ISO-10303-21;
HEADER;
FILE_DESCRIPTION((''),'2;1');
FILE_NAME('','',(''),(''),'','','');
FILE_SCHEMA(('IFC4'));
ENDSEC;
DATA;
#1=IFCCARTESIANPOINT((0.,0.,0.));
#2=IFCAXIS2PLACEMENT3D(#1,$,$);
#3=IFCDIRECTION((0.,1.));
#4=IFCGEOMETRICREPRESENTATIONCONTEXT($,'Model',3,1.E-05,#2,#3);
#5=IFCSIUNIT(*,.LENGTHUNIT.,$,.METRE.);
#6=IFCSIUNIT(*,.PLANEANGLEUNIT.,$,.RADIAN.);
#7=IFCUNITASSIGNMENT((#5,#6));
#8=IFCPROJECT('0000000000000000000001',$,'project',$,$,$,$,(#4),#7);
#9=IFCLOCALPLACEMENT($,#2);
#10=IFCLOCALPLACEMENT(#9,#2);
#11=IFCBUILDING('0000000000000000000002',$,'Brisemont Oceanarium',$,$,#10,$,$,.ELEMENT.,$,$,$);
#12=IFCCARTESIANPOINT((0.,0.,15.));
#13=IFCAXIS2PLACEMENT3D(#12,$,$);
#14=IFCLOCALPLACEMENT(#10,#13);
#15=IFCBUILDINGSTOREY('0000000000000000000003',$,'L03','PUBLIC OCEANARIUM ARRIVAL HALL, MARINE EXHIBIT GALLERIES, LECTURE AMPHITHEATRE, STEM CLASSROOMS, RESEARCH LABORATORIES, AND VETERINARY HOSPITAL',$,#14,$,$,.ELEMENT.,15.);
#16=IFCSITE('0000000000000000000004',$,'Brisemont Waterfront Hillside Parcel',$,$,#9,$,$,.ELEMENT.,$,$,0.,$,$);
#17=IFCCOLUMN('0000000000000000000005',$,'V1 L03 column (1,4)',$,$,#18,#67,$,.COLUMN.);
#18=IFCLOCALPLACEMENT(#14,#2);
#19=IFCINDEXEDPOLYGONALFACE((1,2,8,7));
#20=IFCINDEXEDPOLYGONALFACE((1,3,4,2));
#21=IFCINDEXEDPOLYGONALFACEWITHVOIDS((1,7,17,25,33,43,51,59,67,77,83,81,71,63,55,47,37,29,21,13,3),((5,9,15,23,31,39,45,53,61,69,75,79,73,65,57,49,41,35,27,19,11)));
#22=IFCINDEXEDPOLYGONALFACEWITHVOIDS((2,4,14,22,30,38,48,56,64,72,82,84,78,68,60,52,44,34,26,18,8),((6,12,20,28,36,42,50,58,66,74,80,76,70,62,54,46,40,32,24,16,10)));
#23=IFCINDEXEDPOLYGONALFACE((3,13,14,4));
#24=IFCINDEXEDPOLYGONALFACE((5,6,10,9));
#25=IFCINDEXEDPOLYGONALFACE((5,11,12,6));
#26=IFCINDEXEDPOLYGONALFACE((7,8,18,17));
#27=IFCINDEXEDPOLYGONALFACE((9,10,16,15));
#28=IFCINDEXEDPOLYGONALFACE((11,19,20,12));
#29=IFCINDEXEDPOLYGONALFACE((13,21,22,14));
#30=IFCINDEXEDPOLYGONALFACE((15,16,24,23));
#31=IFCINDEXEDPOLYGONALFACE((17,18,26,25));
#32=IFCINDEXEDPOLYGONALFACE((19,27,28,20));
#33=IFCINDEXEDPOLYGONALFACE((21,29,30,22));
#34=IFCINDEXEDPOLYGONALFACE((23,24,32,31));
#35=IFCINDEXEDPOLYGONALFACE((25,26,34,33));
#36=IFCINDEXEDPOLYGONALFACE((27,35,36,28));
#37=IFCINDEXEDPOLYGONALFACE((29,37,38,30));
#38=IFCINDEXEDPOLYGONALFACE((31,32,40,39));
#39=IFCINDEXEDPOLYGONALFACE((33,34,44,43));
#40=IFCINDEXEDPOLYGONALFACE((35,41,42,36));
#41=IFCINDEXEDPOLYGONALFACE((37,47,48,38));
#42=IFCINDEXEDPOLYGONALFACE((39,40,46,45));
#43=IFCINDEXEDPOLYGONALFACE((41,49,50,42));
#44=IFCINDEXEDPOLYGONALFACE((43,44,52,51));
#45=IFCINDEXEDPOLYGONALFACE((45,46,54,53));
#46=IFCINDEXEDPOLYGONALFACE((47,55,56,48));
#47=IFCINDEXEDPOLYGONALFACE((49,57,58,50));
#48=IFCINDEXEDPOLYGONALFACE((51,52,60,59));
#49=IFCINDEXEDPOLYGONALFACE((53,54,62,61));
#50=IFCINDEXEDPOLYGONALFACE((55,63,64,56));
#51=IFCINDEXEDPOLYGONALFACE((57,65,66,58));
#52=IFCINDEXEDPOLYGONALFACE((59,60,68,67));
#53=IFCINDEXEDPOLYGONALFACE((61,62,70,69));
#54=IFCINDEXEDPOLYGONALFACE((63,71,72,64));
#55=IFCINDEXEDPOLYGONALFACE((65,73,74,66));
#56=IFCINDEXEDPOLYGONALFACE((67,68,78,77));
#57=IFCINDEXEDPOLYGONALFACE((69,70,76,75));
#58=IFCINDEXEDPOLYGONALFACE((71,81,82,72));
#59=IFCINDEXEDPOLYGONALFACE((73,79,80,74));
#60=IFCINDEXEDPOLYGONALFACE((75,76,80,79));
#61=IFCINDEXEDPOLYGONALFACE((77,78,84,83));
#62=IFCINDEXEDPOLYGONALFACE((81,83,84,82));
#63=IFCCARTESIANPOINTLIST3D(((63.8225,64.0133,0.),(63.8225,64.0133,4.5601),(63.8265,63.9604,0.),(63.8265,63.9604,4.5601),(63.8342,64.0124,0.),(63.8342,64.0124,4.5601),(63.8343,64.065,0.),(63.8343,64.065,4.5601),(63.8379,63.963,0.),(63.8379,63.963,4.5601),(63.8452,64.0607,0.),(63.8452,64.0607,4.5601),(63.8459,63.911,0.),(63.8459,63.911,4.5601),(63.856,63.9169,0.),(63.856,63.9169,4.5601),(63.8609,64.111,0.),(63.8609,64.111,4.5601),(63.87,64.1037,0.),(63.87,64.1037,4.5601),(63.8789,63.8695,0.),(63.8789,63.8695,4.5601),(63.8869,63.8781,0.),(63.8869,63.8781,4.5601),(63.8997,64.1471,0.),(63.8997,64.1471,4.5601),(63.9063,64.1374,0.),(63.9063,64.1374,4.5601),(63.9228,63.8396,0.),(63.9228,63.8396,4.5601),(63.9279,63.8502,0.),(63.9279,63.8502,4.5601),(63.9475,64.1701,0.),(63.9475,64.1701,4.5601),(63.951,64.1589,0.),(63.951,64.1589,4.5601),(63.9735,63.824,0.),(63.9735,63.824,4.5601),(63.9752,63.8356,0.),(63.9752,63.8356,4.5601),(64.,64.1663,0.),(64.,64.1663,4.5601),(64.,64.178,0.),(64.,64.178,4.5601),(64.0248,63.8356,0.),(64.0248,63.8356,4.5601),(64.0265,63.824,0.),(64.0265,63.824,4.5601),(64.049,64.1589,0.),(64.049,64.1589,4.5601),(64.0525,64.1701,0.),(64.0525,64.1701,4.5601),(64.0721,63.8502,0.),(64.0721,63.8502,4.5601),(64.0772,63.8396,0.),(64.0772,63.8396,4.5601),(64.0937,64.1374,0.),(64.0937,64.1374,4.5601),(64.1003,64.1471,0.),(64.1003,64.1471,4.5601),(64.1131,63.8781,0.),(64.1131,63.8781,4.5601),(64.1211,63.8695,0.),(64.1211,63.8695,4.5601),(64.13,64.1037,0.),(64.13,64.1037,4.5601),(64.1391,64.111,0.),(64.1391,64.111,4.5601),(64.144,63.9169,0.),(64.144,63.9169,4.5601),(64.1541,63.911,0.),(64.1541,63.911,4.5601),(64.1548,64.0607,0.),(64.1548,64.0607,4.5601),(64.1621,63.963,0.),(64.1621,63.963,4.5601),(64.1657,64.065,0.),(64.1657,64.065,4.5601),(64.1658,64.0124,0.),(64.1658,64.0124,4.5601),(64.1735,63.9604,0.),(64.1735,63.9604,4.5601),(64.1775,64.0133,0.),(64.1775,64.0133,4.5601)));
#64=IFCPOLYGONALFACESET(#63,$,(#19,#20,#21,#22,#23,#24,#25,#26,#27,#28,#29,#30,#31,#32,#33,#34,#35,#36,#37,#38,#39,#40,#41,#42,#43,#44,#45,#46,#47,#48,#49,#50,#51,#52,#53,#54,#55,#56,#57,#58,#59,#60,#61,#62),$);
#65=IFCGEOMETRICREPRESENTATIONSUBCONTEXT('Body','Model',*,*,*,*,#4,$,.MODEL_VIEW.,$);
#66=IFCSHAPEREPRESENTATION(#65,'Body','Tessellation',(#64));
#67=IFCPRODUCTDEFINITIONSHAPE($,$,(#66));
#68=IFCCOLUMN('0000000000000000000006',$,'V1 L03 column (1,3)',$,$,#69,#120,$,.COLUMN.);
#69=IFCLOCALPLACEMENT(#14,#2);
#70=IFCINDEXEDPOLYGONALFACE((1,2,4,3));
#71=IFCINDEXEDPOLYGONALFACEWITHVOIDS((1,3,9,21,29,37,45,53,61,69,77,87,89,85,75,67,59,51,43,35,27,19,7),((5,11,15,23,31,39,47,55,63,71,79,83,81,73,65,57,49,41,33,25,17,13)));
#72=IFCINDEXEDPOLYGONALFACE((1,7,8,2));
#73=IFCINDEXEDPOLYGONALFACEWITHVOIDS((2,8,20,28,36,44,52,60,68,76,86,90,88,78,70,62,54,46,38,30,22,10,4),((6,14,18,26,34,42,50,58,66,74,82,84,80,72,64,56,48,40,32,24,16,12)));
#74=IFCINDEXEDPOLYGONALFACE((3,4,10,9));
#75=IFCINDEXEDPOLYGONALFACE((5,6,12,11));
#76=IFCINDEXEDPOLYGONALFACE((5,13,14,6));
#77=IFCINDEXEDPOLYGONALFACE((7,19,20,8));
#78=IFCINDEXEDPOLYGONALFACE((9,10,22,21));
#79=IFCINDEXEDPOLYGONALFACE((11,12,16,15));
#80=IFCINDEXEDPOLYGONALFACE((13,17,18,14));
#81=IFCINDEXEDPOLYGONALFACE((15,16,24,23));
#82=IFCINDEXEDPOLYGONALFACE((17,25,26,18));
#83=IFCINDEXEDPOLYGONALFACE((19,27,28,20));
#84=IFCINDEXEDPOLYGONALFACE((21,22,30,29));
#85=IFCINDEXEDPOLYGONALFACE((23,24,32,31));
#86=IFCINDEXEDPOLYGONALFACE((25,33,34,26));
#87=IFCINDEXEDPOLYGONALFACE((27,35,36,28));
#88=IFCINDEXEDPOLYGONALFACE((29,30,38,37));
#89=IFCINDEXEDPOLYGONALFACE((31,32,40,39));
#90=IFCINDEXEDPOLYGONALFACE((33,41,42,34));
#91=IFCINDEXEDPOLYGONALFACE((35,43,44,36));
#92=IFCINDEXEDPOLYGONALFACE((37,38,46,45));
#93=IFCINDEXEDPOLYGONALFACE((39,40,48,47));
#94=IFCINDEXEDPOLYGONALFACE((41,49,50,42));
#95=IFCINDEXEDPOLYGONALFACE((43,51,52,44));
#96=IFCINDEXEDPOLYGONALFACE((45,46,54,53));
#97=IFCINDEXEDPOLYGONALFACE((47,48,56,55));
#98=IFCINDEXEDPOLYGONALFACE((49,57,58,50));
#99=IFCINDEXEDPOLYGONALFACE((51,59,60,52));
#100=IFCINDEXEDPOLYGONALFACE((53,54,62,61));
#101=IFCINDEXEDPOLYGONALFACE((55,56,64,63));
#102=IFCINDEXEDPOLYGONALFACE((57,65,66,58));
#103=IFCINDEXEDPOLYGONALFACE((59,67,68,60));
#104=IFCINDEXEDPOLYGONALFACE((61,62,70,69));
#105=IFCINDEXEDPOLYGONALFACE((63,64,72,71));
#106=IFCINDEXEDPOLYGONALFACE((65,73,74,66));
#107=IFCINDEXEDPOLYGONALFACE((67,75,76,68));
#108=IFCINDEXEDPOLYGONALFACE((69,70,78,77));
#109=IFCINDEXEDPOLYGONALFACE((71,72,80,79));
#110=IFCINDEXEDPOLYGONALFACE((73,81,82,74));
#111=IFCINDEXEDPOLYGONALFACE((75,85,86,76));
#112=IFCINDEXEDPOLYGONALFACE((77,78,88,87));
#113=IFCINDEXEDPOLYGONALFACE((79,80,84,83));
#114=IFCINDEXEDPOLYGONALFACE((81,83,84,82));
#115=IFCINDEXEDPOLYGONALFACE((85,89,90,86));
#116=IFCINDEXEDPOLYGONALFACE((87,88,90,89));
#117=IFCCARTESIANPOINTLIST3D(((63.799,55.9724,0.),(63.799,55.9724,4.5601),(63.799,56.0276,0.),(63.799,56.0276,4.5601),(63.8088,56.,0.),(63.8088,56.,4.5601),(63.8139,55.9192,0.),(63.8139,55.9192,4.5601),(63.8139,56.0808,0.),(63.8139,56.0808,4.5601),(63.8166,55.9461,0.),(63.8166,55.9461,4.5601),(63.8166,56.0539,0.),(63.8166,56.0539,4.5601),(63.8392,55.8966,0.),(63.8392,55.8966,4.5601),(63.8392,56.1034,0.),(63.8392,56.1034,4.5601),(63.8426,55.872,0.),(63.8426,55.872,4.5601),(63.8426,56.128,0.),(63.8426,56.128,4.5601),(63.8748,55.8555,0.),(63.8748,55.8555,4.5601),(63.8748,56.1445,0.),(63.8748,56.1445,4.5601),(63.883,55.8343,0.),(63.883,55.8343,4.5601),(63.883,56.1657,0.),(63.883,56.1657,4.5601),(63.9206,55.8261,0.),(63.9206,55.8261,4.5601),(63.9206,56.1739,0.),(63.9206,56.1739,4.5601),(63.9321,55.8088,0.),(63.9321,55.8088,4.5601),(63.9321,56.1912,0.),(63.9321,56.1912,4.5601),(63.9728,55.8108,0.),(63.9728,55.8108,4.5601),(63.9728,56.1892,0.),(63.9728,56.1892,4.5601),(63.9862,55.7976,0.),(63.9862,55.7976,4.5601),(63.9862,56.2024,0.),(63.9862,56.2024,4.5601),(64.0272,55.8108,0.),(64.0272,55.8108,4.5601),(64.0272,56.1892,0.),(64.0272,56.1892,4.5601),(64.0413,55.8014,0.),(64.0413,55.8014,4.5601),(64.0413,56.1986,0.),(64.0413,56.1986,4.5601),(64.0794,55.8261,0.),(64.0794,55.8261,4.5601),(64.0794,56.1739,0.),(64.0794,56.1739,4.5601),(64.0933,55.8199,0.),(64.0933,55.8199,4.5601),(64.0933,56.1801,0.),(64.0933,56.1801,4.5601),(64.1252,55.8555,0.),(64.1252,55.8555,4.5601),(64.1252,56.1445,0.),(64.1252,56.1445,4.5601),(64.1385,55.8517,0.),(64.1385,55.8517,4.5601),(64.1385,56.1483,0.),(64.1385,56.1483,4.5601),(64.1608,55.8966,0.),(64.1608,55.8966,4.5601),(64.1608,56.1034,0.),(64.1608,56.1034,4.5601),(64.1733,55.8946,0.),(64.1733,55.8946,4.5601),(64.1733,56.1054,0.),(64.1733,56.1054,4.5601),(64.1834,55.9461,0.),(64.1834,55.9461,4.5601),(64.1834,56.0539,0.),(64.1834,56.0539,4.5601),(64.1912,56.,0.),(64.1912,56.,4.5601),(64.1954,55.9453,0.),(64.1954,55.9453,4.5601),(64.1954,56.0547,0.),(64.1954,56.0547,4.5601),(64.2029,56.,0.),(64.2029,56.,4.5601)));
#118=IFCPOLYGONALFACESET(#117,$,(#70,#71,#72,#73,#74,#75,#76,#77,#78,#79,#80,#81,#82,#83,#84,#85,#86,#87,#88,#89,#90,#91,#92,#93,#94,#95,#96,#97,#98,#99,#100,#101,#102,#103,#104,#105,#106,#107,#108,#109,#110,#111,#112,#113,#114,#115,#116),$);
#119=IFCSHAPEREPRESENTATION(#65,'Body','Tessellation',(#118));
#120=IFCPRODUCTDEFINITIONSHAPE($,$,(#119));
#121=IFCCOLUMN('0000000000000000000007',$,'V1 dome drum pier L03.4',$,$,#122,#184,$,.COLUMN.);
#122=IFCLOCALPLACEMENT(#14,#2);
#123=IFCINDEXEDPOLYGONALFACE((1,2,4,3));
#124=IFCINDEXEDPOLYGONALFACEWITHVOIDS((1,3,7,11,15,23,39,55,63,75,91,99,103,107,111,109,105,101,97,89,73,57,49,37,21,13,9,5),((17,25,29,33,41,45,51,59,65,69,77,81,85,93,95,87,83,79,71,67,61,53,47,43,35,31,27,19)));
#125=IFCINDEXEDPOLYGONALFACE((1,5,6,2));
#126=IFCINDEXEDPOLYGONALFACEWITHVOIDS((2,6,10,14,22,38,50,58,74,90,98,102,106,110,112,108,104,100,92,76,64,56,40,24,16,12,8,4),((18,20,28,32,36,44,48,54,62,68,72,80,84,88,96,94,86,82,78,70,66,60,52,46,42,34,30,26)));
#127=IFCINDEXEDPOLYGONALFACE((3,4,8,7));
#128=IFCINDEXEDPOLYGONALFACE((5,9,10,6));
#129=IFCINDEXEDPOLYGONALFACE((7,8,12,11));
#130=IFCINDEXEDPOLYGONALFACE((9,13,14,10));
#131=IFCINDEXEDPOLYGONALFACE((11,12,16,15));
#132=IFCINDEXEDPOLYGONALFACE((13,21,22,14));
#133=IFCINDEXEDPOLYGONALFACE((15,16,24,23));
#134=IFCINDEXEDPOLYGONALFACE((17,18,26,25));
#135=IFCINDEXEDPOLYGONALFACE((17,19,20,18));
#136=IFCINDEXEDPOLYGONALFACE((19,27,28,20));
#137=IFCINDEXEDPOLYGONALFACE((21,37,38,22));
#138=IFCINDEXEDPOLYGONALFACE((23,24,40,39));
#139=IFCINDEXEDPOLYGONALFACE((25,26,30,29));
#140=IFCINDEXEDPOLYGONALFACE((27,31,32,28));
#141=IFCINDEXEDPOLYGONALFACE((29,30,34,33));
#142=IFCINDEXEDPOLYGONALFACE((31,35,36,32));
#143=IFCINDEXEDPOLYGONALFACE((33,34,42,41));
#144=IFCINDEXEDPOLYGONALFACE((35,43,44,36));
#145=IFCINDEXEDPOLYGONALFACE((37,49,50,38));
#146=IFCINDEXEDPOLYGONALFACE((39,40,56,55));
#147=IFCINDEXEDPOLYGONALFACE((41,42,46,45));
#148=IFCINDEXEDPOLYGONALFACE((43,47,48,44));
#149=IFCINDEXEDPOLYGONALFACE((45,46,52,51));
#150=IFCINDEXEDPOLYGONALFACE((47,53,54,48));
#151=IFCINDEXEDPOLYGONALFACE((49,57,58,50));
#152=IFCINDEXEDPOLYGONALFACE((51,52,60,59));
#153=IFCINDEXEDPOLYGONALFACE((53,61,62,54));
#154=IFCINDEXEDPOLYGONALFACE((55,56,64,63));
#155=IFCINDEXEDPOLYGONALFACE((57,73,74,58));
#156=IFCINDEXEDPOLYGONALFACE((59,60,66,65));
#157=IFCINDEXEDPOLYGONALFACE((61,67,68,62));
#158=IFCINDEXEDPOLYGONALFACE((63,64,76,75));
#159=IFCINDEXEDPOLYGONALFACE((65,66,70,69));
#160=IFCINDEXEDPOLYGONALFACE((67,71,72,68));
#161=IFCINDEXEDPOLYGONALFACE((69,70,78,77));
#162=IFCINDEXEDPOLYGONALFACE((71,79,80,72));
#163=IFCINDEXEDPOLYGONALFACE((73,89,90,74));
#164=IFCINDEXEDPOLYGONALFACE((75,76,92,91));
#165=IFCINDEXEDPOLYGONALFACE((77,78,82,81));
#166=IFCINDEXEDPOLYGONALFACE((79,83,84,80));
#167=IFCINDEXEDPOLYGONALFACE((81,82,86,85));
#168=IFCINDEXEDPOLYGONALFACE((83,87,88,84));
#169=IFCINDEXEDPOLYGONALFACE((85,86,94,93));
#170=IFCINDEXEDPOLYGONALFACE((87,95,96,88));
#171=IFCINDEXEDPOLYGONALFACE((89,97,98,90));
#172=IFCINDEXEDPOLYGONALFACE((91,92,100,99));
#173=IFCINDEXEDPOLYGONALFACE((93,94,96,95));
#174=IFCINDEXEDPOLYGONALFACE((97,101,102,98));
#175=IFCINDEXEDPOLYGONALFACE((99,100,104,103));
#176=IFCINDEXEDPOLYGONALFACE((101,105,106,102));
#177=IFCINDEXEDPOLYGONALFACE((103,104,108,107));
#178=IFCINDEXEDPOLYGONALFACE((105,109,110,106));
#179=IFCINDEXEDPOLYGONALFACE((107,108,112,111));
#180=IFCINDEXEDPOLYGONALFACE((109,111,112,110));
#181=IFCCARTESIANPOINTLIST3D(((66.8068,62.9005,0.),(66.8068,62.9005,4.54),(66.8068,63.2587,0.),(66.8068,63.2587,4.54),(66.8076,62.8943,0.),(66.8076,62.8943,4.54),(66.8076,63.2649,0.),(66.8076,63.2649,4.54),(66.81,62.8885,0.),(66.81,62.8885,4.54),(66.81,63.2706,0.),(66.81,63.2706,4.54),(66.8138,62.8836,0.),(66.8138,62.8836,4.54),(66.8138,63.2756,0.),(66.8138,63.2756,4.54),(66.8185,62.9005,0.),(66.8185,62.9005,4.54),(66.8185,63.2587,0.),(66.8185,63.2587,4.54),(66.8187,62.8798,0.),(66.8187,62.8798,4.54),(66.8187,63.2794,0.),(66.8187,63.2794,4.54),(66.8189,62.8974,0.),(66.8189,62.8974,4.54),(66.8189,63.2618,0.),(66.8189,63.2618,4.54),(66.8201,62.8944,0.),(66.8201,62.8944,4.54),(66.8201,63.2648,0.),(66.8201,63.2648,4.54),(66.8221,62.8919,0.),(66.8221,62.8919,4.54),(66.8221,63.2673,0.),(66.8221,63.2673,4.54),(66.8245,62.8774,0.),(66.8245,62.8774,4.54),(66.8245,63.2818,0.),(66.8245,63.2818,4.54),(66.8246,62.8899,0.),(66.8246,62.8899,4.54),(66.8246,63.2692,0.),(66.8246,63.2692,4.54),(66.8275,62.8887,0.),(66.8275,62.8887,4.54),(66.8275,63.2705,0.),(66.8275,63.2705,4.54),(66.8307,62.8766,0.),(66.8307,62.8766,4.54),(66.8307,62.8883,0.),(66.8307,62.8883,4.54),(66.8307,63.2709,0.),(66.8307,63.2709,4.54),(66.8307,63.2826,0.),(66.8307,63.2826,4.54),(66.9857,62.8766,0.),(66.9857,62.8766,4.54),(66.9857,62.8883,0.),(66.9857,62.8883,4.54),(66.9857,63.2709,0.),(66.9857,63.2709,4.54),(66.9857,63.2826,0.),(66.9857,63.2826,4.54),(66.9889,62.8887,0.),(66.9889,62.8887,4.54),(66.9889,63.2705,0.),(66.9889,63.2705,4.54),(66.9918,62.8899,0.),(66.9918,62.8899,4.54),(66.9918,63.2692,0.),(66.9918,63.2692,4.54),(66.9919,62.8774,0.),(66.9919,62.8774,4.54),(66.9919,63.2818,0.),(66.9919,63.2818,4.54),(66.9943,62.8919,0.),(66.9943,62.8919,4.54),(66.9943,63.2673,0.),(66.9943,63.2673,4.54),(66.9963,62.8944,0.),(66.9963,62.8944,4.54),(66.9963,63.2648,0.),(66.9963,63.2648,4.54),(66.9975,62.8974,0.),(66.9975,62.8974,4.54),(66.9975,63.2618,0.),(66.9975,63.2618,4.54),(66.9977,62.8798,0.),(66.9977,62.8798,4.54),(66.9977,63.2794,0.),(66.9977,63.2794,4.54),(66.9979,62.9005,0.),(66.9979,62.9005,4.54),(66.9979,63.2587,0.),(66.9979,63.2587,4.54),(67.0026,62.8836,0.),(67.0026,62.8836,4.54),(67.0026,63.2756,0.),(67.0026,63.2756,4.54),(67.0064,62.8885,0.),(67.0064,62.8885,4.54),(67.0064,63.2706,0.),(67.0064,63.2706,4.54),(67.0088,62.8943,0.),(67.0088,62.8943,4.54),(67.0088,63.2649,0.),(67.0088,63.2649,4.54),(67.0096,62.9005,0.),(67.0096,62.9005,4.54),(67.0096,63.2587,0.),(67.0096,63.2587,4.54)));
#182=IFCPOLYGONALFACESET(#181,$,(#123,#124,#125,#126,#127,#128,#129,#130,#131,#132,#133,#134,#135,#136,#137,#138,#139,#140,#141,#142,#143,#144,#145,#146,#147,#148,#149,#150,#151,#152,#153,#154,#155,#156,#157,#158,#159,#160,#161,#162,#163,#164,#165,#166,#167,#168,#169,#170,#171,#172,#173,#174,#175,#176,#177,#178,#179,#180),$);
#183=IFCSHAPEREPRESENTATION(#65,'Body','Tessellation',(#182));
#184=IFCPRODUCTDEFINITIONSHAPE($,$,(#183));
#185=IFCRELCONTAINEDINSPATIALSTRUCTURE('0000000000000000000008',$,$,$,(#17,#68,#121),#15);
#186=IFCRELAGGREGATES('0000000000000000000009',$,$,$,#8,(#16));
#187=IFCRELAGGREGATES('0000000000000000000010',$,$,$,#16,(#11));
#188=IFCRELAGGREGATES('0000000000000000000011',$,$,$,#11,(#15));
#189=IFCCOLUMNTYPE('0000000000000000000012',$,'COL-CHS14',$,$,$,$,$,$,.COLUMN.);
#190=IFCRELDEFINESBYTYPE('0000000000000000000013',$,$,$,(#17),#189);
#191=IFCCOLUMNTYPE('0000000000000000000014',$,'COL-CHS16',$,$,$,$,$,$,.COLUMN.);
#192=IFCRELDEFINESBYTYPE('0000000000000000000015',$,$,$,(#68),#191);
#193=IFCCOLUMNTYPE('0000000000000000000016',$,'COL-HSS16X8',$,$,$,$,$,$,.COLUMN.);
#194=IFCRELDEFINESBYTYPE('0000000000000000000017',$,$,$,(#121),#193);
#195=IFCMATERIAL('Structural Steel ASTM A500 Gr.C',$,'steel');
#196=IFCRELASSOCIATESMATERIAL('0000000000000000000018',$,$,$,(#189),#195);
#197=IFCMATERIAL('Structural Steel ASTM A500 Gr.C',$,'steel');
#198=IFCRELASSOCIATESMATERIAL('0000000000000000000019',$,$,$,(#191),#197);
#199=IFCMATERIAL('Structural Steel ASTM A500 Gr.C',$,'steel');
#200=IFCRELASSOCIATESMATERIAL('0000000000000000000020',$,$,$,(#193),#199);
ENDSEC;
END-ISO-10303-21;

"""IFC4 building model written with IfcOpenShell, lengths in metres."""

from ifc_helpers import new_model, si_unit, direction, frame, origin, origin_2d, place, context, subcontext, project, spatial, hollow_rectangle, hollow_circle, extrude, material, material_profile, profile_set, type_object, element, save


model = new_model("IFC4")

# Units and contexts
model_context = context("Model", 3, precision=1e-05, world=origin(), true_north=direction((0.0, 1.0)))
body_context = subcontext(model_context, "Body", "Model", "MODEL_VIEW")
ifc_project = project(units=[si_unit("LENGTHUNIT", "METRE"), si_unit("PLANEANGLEUNIT", "RADIAN")], contexts=[model_context])

# Site, building, storey
site_placement = place(None, origin())
site = spatial("IfcSite", under=ifc_project, at=site_placement, Name="Brisemont Waterfront Hillside Parcel", CompositionType="ELEMENT", RefElevation=0.0)
building_placement = place(site_placement, origin())
building = spatial("IfcBuilding", under=site, at=building_placement, Name="Brisemont Oceanarium", CompositionType="ELEMENT")
storey_placement = place(building_placement, frame((0.0, 0.0, 15.0)))
storey = spatial("IfcBuildingStorey", under=building, at=storey_placement, Name="L03", Description="PUBLIC OCEANARIUM ARRIVAL HALL, MARINE EXHIBIT GALLERIES, LECTURE AMPHITHEATRE, STEM CLASSROOMS, RESEARCH LABORATORIES, AND VETERINARY HOSPITAL", CompositionType="ELEMENT", Elevation=15.0)

# Columns
ifc_material_1 = material(Name="Structural Steel ASTM A500 Gr.C", Category="steel")
ifc_material_profile_1 = material_profile(ifc_material_1, hollow_circle(Radius=0.178, WallThickness=0.0117, at=origin_2d()), Name="HSS14.000X0.500")
ifc_profile_set_1 = profile_set([ifc_material_profile_1], Name="Structural Steel ASTM A500 Gr.C")
column_type_1 = type_object("IfcColumnType", Name="COL-CHS14", PredefinedType="COLUMN", material=ifc_profile_set_1)
column_1_placement = place(storey_placement, frame((64.0, 64.0, 0.0), z_axis=(0.0, 0.0, 1.0), x_axis=(0.0, 1.0, 0.0)))
element("IfcColumn", 1, at=column_1_placement, inside=storey, type_object=column_type_1, Name="V1 L03 column (1,4)", PredefinedType="COLUMN", context=body_context, shape_type="SweptSolid", body=[
    extrude(hollow_circle(Radius=0.178, WallThickness=0.0117, at=origin_2d()), origin(), (0.0, 0.0, 1.0), 4.5601),
])
ifc_material_2 = material(Name="Structural Steel ASTM A500 Gr.C", Category="steel")
ifc_material_profile_2 = material_profile(ifc_material_2, hollow_circle(Radius=0.2029, WallThickness=0.0117, at=origin_2d()), Name="HSS16.000X0.500")
ifc_profile_set_2 = profile_set([ifc_material_profile_2], Name="Structural Steel ASTM A500 Gr.C")
column_type_2 = type_object("IfcColumnType", Name="COL-CHS16", PredefinedType="COLUMN", material=ifc_profile_set_2)
column_2_placement = place(storey_placement, frame((64.0, 56.0, 0.0), z_axis=(0.0, 0.0, 1.0), x_axis=(1.0, 0.0, 0.0)))
element("IfcColumn", 2, at=column_2_placement, inside=storey, type_object=column_type_2, Name="V1 L03 column (1,3)", PredefinedType="COLUMN", context=body_context, shape_type="SweptSolid", body=[
    extrude(hollow_circle(Radius=0.2029, WallThickness=0.0117, at=origin_2d()), origin(), (0.0, 0.0, 1.0), 4.5601),
])
ifc_material_3 = material(Name="Structural Steel ASTM A500 Gr.C", Category="steel")
ifc_material_profile_3 = material_profile(ifc_material_3, hollow_rectangle(XDim=0.2029, YDim=0.406, WallThickness=0.0117, InnerFilletRadius=0.0122, OuterFilletRadius=0.0239, at=origin_2d()), Name="HSS16X8X1/2")
ifc_profile_set_3 = profile_set([ifc_material_profile_3], Name="Structural Steel ASTM A500 Gr.C")
column_type_3 = type_object("IfcColumnType", Name="COL-HSS16X8", PredefinedType="COLUMN", material=ifc_profile_set_3)
for number, where, z_axis, x_axis, name in (
    (3, (66.9082, 63.0796, 0.0), (0.0, 0.0, 1.0), (1.0, 0.0, 0.0), "V1 dome drum pier L03.4"),
):
    element("IfcColumn", number, at=place(storey_placement, frame(where, z_axis=z_axis, x_axis=x_axis)), inside=storey, type_object=column_type_3, Name=name, PredefinedType="COLUMN", context=body_context, shape_type="SweptSolid", body=[
        extrude(hollow_rectangle(XDim=0.2029, YDim=0.406, WallThickness=0.0117, InnerFilletRadius=0.0122, OuterFilletRadius=0.0239, at=origin_2d()), origin(), (0.0, 0.0, 1.0), 4.54),
    ])

save(model, "model.ifc")
